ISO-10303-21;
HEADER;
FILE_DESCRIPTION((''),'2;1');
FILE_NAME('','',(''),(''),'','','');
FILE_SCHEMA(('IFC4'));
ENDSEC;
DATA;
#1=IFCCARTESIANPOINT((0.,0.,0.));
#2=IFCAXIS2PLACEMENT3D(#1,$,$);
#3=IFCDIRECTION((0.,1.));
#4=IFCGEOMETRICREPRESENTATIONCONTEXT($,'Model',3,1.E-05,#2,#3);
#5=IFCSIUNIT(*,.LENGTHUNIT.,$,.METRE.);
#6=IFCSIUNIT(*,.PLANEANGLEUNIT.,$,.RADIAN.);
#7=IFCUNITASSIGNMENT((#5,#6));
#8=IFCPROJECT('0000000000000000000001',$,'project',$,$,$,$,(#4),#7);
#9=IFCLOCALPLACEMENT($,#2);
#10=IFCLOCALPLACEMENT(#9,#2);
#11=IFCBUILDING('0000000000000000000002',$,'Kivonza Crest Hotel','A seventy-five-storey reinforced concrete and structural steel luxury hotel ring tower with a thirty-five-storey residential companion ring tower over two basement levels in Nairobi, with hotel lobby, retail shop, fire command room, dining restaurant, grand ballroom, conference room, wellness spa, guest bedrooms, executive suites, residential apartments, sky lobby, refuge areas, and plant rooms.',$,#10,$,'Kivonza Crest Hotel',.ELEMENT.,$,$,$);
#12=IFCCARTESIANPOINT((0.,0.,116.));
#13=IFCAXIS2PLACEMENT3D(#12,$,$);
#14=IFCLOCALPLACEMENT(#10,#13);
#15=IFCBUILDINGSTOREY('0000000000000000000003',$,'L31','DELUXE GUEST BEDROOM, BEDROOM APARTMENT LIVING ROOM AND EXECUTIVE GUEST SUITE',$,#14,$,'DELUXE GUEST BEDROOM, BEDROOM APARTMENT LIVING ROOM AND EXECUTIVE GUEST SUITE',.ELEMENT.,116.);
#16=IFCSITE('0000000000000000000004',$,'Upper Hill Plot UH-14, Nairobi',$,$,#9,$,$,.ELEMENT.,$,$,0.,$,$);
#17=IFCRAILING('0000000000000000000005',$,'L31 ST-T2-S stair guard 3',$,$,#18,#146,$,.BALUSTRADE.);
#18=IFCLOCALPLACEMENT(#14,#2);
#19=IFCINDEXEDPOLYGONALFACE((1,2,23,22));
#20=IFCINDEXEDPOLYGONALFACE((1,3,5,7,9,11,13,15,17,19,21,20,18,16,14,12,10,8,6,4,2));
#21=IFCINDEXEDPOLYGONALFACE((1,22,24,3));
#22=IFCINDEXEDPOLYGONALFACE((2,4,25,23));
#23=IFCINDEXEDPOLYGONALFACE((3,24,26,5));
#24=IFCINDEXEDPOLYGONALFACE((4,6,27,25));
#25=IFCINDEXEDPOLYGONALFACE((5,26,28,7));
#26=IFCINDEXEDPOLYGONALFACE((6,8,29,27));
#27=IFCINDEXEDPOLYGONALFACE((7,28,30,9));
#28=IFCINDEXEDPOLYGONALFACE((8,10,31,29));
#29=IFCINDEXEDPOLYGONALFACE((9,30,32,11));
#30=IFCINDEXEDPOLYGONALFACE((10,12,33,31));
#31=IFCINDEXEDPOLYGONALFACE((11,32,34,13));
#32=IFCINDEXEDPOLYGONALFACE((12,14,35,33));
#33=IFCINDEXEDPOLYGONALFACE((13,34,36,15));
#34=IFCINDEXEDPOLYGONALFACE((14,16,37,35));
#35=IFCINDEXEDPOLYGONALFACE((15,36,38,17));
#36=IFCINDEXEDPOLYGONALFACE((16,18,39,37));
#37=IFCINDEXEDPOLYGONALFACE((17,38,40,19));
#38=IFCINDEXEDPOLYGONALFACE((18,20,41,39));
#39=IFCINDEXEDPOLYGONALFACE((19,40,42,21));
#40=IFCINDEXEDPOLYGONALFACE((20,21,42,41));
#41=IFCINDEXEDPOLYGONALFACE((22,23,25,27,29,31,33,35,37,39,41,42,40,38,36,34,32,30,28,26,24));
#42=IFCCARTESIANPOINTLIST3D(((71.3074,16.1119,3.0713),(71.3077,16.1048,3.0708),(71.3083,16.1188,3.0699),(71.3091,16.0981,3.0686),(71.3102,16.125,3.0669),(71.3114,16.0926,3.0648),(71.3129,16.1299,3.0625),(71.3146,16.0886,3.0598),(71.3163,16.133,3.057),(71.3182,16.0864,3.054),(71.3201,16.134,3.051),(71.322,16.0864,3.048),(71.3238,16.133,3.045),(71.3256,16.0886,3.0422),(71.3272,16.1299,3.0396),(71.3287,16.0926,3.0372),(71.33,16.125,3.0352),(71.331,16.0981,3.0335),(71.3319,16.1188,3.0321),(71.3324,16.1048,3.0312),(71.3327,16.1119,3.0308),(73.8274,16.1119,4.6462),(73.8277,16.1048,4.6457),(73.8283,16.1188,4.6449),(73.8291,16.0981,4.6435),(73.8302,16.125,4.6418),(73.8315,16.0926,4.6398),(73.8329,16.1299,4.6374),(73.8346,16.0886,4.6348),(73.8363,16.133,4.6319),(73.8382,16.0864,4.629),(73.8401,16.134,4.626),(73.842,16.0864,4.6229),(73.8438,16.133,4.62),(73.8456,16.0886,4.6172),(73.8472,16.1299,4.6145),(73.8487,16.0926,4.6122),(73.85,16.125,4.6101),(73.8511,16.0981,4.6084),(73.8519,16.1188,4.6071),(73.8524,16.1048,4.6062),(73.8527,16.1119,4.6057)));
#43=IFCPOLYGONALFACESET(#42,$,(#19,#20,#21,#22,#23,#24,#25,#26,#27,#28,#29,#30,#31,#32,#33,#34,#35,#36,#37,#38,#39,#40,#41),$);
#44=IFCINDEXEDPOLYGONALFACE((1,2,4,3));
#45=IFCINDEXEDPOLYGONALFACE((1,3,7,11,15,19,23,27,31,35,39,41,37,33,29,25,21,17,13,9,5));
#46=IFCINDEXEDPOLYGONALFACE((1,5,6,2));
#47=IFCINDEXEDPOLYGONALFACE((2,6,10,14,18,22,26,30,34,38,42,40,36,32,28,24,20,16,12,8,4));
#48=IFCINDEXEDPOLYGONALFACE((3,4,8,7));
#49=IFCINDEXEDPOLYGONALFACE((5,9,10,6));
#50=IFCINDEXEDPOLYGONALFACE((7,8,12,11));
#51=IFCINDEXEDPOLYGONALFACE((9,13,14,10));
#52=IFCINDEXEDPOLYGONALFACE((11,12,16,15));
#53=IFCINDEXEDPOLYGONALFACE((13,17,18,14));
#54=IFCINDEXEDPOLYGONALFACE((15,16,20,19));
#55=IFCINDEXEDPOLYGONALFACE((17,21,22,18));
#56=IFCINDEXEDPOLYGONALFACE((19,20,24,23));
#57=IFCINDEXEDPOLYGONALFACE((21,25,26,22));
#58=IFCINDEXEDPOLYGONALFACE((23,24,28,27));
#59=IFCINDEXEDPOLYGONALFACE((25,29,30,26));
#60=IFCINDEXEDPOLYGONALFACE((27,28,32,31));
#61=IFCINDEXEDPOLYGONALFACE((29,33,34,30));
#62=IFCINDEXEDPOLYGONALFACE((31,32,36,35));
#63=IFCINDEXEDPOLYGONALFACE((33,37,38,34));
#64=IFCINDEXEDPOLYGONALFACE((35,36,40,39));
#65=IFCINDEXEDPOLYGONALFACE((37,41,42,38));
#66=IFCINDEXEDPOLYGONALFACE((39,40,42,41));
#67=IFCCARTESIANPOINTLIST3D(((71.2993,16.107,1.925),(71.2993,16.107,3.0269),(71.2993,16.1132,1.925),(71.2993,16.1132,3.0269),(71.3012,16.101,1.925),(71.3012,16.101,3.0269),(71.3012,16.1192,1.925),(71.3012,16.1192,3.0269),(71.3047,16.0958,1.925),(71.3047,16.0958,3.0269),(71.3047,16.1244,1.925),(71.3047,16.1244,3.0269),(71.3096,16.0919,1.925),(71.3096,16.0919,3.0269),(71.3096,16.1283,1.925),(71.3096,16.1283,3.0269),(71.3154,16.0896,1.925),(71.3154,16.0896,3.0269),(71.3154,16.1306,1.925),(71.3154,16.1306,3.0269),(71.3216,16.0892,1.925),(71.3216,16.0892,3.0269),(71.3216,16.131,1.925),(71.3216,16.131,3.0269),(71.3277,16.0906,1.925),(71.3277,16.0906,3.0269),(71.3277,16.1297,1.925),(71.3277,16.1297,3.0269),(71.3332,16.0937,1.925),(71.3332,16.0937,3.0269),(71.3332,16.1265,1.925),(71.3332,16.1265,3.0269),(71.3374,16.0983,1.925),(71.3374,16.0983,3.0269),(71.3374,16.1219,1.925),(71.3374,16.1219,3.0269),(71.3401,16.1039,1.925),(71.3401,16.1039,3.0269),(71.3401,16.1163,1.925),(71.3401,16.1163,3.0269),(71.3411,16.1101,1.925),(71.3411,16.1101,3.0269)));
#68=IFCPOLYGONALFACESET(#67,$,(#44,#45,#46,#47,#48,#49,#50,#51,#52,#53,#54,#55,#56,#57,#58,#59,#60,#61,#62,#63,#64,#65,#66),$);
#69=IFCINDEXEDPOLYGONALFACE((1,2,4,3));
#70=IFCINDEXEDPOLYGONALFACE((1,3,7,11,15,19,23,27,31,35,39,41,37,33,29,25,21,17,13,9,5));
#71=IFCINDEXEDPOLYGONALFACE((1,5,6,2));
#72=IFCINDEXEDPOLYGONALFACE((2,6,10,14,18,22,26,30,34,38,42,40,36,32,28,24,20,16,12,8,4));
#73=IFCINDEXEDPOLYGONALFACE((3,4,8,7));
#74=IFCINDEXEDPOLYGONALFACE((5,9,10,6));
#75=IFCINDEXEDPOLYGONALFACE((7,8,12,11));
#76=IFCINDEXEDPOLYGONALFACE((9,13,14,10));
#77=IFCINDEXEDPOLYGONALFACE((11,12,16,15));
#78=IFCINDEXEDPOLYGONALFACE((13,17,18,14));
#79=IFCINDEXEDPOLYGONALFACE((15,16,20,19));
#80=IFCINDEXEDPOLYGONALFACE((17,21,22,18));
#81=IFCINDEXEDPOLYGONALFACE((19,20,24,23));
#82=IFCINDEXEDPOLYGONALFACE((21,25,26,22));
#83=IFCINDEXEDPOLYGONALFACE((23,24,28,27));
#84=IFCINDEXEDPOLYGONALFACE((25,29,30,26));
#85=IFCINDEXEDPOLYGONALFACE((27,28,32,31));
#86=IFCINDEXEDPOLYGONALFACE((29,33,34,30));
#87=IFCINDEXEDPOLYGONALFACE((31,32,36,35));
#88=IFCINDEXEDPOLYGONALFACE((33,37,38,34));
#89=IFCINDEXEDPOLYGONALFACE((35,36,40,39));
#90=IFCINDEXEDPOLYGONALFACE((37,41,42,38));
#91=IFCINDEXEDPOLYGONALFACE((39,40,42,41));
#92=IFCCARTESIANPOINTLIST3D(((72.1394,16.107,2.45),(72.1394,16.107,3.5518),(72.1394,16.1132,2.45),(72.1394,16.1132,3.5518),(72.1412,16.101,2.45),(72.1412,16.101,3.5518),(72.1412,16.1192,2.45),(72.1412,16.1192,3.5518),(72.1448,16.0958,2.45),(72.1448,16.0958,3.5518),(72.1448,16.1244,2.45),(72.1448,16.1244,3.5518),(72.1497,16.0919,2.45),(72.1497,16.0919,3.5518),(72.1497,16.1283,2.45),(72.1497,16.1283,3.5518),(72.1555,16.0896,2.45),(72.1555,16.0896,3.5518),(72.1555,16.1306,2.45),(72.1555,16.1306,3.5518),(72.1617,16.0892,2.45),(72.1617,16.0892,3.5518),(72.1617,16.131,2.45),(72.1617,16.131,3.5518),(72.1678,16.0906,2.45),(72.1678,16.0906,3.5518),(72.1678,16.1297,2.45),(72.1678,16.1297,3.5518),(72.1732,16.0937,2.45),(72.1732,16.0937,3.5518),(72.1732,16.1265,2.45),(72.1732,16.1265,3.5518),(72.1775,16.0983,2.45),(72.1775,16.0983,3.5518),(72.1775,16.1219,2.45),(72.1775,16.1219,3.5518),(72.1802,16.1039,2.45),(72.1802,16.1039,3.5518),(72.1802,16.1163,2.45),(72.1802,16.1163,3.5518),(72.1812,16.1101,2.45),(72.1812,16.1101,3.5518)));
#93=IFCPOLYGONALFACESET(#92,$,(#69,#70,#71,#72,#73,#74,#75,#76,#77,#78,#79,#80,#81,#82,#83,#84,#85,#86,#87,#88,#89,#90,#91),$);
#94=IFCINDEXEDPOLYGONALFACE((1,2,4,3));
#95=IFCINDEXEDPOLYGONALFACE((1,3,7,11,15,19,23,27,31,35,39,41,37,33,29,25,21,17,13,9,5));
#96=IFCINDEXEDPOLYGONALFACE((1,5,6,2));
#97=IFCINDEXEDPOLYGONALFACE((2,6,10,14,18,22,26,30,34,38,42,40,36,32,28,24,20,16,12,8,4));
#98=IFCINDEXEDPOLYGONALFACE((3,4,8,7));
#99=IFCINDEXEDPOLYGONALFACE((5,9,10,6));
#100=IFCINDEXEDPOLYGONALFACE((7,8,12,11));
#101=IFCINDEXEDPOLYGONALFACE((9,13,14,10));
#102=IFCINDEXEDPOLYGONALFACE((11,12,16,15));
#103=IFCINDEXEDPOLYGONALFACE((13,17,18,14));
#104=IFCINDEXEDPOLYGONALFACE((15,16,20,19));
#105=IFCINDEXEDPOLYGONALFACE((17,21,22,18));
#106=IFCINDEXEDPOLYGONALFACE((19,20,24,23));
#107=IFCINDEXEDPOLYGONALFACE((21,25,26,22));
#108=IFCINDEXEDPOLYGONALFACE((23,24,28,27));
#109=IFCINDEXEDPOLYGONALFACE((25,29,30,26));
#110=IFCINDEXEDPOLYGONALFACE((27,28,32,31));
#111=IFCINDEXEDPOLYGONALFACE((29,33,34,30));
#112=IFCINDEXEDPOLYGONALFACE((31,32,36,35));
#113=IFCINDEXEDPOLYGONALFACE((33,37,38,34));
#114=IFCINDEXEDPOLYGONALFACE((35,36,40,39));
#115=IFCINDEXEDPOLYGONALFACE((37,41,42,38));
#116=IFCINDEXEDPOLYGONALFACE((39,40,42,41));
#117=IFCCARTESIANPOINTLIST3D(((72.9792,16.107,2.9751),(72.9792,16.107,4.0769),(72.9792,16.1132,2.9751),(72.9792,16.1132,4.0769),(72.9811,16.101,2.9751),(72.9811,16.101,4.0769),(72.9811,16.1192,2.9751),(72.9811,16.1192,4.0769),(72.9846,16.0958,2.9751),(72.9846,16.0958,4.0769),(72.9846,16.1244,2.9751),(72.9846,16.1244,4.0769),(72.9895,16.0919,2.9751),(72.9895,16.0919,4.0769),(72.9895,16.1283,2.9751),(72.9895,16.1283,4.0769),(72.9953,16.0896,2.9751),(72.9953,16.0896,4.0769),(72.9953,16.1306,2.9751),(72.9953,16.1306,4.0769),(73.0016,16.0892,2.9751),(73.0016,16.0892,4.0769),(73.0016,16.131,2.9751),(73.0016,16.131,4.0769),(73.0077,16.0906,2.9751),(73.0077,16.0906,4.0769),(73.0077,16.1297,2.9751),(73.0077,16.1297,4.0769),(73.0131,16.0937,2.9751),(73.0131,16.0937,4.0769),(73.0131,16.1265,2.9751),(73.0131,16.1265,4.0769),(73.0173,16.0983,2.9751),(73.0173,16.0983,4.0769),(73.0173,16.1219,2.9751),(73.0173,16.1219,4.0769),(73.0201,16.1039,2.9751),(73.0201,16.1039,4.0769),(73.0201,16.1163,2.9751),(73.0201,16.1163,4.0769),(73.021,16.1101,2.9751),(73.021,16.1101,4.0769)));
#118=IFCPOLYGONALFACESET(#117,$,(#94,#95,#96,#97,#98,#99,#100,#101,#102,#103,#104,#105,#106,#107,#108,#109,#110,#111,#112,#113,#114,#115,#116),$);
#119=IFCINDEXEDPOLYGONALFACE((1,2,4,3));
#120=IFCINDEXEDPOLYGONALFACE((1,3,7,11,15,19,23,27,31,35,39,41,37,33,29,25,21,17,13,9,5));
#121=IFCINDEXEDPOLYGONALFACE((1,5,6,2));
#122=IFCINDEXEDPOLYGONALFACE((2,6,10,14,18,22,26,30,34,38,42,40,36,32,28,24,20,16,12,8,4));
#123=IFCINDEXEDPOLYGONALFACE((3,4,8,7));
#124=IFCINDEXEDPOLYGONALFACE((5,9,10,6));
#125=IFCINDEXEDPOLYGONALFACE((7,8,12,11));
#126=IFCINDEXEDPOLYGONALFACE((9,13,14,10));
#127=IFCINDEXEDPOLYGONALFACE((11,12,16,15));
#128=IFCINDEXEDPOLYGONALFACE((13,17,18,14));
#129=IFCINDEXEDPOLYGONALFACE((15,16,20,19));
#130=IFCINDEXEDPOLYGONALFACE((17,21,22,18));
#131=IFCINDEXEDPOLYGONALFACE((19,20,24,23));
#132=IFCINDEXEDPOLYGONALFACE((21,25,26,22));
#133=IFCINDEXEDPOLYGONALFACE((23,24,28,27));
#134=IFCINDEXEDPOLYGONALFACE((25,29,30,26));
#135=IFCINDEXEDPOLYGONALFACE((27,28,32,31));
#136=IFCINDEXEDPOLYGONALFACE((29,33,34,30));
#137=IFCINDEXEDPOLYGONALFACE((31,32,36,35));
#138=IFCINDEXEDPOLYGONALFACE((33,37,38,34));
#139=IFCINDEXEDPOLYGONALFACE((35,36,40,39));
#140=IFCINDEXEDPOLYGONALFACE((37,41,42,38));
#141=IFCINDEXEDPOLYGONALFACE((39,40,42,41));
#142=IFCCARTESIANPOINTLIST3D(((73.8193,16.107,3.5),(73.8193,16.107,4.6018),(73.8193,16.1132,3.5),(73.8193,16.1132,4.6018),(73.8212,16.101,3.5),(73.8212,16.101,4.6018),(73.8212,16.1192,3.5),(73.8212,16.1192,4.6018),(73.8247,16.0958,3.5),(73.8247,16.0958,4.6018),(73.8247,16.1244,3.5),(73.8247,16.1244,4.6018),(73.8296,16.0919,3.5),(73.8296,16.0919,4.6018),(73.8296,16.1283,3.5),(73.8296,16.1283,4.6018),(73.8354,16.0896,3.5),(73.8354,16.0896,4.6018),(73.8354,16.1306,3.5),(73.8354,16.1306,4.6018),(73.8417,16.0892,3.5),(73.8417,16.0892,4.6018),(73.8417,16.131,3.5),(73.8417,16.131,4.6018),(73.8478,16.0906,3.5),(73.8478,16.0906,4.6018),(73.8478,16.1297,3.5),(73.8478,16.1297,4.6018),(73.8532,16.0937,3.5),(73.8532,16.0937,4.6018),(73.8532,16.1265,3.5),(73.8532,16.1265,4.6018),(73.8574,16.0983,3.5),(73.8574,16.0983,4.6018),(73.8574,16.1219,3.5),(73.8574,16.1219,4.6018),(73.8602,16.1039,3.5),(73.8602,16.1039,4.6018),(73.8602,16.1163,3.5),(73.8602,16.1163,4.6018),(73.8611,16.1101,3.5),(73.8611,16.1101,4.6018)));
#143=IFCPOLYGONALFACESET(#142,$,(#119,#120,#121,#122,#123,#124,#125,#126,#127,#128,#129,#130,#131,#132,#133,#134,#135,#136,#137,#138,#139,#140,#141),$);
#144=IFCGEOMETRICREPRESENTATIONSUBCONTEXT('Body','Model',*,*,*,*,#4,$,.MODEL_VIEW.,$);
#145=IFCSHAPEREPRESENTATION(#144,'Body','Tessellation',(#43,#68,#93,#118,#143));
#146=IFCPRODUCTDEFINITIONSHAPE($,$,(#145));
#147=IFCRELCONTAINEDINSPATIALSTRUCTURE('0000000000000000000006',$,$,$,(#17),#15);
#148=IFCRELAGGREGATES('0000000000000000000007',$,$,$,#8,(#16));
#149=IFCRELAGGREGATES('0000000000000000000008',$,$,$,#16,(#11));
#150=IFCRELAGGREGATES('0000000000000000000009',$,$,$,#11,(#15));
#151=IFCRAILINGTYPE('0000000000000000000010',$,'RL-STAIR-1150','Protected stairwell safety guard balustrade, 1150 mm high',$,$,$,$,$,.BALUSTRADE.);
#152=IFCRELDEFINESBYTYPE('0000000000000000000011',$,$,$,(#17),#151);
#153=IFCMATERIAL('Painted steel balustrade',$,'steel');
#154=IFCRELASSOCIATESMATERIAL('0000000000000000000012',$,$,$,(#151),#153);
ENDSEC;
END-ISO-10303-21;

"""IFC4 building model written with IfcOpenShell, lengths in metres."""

from ifc_helpers import new_model, si_unit, direction, frame, origin, origin_2d, place, context, subcontext, project, spatial, circle, extrude, material, type_object, element, save


model = new_model("IFC4")

# Units and contexts
model_context = context("Model", 3, precision=1e-05, world=origin(), true_north=direction((0.0, 1.0)))
body_context = subcontext(model_context, "Body", "Model", "MODEL_VIEW")
ifc_project = project(units=[si_unit("LENGTHUNIT", "METRE"), si_unit("PLANEANGLEUNIT", "RADIAN")], contexts=[model_context])

# Site, building, storey
site_placement = place(None, origin())
site = spatial("IfcSite", under=ifc_project, at=site_placement, Name="Upper Hill Plot UH-14, Nairobi", CompositionType="ELEMENT", RefElevation=0.0)
building_placement = place(site_placement, origin())
building = spatial("IfcBuilding", under=site, at=building_placement, Name="Kivonza Crest Hotel", Description="A seventy-five-storey reinforced concrete and structural steel luxury hotel ring tower with a thirty-five-storey residential companion ring tower over two basement levels in Nairobi, with hotel lobby, retail shop, fire command room, dining restaurant, grand ballroom, conference room, wellness spa, guest bedrooms, executive suites, residential apartments, sky lobby, refuge areas, and plant rooms.", LongName="Kivonza Crest Hotel", CompositionType="ELEMENT")
storey_placement = place(building_placement, frame((0.0, 0.0, 116.0)))
storey = spatial("IfcBuildingStorey", under=building, at=storey_placement, Name="L31", Description="DELUXE GUEST BEDROOM, BEDROOM APARTMENT LIVING ROOM AND EXECUTIVE GUEST SUITE", LongName="DELUXE GUEST BEDROOM, BEDROOM APARTMENT LIVING ROOM AND EXECUTIVE GUEST SUITE", CompositionType="ELEMENT", Elevation=116.0)

# Railing
ifc_material_1 = material(Name="Painted steel balustrade", Category="steel")
railing_type_1 = type_object("IfcRailingType", Name="RL-STAIR-1150", Description="Protected stairwell safety guard balustrade, 1150 mm high", PredefinedType="BALUSTRADE", material=ifc_material_1)
railing_1_placement = place(storey_placement, frame((71.3201, 16.1101, 1.925)))
element("IfcRailing", 1, at=railing_1_placement, inside=storey, type_object=railing_type_1, Name="L31 ST-T2-S stair guard 3", PredefinedType="BALUSTRADE", context=body_context, shape_type="SweptSolid", body=[
    extrude(circle(Radius=0.0239, at=origin_2d()), frame((0.0, 0.0, 1.126), z_axis=(0.848008, 0.0, 0.529984), x_axis=(0.0, 1.0, 0.0)), (0.0, 0.0, 1.0), 2.9717),
    extrude(circle(Radius=0.021, at=origin_2d()), origin(), (0.0, 0.0, 1.0), 1.1018),
    extrude(circle(Radius=0.021, at=origin_2d()), frame((0.8401, 0.0, 0.5249)), (0.0, 0.0, 1.0), 1.1018),
    extrude(circle(Radius=0.021, at=origin_2d()), frame((1.6799, 0.0, 1.05)), (0.0, 0.0, 1.0), 1.1018),
    extrude(circle(Radius=0.021, at=origin_2d()), frame((2.52, 0.0, 1.575)), (0.0, 0.0, 1.0), 1.1018),
])

save(model, "model.ifc")
